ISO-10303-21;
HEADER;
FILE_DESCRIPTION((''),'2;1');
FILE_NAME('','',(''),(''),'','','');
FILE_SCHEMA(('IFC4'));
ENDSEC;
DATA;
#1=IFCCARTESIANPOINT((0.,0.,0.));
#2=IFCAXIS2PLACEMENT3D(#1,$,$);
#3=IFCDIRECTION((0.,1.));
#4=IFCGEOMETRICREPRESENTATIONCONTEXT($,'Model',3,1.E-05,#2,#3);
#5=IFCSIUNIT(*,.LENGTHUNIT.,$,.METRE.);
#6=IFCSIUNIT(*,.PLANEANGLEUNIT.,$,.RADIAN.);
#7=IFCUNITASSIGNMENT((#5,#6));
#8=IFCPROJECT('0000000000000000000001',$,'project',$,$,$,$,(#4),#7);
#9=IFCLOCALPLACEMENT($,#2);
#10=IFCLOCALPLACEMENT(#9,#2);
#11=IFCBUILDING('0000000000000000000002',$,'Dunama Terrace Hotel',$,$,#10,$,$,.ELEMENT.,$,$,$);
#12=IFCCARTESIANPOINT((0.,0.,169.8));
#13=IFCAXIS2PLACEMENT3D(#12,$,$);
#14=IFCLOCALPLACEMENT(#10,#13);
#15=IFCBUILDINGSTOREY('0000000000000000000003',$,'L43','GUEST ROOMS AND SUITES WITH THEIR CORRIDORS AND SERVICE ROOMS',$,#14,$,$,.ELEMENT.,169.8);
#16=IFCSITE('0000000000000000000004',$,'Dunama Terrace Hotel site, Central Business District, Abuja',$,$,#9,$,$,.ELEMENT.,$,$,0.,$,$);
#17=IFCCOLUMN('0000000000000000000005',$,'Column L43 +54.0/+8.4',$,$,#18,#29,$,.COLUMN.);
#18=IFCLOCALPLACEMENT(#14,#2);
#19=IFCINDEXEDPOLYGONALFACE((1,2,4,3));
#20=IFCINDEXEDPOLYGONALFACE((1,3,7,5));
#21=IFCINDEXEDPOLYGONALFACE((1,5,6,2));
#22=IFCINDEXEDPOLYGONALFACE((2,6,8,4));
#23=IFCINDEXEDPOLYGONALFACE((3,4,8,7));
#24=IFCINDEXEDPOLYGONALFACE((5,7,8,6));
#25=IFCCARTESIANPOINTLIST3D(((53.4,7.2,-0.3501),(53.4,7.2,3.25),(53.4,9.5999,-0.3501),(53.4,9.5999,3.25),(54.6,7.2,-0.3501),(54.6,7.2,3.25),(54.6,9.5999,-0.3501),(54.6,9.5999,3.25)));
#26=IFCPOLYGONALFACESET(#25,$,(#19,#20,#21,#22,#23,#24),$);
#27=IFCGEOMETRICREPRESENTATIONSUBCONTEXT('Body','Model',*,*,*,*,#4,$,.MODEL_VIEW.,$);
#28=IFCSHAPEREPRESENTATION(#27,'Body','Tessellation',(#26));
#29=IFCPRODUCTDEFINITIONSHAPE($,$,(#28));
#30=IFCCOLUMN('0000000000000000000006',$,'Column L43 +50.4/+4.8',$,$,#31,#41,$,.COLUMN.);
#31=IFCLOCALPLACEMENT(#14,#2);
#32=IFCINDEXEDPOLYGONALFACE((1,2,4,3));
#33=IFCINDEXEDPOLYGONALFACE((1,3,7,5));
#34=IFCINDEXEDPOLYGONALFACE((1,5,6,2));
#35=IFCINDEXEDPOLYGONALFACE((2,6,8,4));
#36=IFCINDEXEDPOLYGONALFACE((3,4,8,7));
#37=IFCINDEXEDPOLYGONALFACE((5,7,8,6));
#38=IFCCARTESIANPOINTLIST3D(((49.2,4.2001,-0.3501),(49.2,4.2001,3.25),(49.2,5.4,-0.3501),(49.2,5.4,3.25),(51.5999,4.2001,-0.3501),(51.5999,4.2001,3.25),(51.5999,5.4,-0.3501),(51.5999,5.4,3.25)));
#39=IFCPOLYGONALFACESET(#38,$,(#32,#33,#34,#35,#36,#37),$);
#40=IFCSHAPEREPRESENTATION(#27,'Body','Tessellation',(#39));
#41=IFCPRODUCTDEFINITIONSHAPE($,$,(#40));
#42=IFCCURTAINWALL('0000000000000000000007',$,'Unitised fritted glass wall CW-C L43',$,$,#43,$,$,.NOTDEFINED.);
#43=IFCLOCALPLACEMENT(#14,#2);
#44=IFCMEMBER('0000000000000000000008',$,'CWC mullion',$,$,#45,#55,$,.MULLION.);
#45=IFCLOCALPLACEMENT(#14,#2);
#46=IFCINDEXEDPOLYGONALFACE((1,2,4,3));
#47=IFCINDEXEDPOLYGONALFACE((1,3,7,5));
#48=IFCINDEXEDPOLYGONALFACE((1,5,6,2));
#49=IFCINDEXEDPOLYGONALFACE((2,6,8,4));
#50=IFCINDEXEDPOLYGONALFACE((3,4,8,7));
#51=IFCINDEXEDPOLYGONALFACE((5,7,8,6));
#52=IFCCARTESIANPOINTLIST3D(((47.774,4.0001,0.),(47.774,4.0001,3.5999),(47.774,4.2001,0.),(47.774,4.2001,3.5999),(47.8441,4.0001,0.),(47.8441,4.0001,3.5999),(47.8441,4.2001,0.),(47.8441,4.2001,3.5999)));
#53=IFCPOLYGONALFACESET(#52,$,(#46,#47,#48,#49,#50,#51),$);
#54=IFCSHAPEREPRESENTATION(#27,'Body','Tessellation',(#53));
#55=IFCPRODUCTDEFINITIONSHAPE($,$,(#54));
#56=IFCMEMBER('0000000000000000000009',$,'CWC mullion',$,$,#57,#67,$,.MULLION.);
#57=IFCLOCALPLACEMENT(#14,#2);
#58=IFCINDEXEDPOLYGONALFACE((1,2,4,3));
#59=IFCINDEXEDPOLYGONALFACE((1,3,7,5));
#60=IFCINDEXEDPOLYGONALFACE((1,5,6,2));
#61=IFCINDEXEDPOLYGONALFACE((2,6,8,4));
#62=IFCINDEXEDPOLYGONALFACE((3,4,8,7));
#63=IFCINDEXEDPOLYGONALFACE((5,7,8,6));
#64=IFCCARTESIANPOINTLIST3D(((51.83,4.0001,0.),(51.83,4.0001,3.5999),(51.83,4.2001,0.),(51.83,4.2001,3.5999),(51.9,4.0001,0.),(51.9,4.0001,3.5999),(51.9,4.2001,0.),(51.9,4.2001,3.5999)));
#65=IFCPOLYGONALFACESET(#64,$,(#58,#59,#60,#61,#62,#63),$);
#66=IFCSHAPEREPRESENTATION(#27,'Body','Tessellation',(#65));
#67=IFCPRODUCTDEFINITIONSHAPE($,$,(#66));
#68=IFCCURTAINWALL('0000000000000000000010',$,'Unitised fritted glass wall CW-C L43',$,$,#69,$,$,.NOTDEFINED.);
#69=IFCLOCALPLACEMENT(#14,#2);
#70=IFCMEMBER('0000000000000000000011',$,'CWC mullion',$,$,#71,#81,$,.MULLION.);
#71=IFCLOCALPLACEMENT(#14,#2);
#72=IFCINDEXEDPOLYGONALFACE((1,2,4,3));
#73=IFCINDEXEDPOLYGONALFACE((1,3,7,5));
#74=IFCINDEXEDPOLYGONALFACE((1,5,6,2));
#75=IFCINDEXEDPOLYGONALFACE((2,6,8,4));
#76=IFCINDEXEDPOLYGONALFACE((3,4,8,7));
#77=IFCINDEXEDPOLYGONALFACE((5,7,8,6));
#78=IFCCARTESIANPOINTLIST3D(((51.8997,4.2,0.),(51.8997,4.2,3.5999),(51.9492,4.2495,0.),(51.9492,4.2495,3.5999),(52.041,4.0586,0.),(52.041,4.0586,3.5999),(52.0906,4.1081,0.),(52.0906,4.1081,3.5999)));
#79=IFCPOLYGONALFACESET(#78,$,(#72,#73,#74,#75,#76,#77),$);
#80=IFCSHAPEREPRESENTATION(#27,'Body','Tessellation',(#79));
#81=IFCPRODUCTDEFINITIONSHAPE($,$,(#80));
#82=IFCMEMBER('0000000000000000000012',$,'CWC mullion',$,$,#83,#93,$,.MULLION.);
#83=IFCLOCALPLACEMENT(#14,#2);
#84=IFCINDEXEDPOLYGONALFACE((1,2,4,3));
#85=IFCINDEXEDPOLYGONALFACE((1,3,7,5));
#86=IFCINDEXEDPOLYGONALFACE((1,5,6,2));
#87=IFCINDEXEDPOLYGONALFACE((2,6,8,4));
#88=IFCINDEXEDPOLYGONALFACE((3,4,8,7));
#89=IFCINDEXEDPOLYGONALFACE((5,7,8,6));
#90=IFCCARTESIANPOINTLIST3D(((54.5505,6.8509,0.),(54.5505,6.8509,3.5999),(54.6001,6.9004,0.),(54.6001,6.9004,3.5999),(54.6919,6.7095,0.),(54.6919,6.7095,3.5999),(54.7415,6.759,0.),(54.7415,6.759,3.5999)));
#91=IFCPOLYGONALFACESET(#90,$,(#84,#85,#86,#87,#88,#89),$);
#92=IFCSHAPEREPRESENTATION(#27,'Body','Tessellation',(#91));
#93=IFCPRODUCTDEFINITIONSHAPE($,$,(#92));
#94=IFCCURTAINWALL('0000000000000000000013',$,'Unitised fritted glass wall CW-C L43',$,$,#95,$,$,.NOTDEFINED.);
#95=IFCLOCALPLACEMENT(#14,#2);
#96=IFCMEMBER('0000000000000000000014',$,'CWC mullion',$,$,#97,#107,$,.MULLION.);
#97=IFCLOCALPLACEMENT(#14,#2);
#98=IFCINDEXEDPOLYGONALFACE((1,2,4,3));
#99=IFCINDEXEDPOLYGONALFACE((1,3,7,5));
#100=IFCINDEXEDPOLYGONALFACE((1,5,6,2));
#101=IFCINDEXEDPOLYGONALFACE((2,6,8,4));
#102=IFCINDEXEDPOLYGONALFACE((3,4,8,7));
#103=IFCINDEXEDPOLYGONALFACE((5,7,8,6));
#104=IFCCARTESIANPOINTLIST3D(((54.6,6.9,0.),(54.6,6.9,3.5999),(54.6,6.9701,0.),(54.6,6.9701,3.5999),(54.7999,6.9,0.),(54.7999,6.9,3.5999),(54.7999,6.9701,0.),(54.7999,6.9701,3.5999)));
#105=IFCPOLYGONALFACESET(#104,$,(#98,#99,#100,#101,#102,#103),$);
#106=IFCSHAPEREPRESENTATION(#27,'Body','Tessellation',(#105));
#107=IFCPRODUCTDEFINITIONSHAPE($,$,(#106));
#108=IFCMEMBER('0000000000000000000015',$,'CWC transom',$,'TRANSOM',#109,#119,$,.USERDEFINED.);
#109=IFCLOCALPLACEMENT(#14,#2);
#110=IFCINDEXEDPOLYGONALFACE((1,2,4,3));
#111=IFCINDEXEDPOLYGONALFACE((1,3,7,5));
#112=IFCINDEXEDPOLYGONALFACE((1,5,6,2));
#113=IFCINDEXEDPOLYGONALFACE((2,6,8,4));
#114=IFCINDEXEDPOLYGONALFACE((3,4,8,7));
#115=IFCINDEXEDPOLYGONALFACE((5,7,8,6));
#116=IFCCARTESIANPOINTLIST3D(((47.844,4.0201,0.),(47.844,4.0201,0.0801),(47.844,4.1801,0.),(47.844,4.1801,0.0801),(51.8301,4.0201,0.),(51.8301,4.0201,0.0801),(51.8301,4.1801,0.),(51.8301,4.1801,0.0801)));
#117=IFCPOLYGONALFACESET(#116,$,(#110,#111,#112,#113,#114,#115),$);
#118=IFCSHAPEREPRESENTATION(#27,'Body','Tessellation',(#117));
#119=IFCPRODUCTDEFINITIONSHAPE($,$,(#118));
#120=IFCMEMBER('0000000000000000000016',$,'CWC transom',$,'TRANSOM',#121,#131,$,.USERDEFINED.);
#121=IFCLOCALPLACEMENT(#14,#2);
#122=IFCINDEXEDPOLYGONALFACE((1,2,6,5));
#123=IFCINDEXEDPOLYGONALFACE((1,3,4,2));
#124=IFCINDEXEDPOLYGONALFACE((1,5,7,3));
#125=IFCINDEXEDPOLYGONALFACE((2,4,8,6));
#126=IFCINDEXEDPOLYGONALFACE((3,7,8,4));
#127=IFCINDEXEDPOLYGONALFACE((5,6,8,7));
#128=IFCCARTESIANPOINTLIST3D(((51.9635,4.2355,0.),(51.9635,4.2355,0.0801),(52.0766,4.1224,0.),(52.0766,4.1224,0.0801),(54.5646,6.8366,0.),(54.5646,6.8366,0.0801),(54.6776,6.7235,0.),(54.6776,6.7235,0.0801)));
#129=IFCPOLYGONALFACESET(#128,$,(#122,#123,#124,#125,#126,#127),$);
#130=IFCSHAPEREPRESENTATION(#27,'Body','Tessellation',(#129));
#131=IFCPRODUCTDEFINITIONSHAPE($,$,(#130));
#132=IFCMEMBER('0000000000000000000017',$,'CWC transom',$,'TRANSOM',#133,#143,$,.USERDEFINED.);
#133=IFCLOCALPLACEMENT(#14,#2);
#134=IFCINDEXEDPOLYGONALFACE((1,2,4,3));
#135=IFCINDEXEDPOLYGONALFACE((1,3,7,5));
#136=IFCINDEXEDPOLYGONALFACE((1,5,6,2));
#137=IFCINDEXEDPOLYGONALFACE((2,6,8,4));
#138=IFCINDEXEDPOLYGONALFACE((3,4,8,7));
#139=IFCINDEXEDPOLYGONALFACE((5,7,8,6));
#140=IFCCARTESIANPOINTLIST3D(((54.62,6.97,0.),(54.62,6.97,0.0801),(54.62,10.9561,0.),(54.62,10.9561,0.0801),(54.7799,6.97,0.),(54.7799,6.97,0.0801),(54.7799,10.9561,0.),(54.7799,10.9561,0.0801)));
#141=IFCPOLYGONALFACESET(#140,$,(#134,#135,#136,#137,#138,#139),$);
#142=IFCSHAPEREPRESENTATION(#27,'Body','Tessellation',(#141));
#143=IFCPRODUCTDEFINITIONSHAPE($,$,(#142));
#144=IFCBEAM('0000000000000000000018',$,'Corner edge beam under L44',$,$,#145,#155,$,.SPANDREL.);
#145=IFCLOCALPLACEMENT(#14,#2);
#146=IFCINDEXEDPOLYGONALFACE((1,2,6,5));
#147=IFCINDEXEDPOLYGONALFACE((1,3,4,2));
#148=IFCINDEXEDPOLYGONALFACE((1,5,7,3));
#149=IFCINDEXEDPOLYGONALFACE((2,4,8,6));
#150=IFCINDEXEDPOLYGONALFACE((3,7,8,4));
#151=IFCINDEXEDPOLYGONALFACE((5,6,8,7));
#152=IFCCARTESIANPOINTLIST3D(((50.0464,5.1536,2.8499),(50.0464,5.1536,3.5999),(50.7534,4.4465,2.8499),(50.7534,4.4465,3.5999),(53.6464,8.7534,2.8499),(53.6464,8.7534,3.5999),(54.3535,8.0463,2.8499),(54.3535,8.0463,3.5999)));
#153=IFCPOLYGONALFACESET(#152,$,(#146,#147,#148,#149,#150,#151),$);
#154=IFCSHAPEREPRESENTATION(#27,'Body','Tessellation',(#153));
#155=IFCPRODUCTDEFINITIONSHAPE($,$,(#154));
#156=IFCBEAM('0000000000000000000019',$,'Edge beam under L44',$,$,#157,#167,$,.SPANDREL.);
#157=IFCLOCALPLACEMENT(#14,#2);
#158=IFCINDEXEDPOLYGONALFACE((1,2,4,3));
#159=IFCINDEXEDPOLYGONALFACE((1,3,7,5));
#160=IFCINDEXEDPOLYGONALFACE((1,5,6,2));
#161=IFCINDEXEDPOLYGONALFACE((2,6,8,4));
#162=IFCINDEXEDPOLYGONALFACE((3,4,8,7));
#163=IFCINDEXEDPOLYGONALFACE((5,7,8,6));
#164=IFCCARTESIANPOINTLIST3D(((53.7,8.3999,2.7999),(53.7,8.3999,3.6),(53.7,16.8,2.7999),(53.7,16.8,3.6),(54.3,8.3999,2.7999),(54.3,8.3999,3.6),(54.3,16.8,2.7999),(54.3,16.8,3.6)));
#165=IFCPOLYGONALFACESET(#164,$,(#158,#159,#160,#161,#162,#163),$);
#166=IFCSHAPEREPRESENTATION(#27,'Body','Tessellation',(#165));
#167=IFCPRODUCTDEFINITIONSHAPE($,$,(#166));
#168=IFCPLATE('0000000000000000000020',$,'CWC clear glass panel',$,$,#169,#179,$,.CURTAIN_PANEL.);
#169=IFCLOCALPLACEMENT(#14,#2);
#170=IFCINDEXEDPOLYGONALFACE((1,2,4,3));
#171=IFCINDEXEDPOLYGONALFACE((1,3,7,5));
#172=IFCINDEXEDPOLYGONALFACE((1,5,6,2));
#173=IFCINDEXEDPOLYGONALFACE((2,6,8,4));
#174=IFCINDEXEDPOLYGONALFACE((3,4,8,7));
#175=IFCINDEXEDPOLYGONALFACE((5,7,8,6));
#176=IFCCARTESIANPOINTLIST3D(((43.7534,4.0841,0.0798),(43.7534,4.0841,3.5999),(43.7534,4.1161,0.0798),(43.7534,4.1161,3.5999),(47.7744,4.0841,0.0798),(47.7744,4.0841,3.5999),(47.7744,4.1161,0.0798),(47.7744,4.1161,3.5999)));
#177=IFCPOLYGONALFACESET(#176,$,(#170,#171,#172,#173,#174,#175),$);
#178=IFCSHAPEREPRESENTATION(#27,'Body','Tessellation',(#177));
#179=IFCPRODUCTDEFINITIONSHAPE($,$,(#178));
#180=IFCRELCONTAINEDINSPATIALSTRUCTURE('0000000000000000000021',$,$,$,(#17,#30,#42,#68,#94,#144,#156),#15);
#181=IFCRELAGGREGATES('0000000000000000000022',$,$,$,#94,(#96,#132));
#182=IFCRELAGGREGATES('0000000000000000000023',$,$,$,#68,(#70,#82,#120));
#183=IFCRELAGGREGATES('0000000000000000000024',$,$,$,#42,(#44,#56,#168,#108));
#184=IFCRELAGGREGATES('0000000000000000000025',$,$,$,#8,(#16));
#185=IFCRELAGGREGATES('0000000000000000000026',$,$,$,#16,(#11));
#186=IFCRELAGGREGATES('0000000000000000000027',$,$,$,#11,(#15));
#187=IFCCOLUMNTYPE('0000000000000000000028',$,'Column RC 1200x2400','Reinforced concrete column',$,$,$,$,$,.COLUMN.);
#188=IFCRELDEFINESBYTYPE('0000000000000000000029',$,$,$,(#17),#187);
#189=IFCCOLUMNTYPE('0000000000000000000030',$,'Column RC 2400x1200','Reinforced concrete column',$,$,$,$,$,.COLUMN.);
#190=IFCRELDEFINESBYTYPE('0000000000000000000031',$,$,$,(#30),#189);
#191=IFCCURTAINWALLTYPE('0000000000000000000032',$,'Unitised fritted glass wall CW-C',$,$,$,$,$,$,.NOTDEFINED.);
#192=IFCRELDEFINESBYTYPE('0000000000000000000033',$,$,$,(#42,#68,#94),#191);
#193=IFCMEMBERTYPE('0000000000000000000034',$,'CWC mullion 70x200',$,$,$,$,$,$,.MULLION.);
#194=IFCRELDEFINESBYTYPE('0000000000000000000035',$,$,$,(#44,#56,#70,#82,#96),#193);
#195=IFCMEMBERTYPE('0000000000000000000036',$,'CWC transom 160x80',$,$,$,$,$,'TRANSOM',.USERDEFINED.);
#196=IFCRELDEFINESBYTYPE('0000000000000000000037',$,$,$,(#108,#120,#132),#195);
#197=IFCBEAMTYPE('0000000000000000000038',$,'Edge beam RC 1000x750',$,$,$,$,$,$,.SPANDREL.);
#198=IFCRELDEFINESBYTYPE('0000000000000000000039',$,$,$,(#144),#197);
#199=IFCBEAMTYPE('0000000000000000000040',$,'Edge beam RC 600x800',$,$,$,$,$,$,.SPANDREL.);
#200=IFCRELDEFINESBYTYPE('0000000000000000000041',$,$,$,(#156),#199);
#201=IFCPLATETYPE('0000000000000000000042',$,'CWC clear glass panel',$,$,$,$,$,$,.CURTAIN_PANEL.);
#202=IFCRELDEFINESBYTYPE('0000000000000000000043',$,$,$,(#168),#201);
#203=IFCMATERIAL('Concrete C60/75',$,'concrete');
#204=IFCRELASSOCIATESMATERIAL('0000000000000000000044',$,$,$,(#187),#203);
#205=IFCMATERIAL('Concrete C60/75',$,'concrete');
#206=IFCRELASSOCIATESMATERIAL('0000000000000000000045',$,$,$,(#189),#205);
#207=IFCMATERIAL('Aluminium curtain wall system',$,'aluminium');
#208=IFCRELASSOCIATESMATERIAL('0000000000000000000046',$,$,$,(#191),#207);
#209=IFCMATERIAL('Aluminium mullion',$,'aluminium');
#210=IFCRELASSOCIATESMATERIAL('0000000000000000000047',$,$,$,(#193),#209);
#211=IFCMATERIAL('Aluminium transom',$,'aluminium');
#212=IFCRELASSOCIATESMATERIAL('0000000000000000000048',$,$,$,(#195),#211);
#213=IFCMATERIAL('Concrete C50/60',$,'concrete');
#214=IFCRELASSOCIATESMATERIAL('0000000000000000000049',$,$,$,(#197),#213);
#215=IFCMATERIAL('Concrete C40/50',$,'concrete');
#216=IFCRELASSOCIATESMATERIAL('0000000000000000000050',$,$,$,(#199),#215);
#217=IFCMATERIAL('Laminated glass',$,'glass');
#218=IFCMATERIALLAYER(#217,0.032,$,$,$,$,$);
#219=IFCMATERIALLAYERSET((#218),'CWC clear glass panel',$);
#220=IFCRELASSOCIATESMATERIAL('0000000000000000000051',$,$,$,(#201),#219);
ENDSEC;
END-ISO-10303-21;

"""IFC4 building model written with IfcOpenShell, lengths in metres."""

from ifc_helpers import new_model, si_unit, direction, frame, origin, origin_2d, place, context, subcontext, project, spatial, rectangle, extrude, material, layer, layer_set, material_profile, profile_set, type_object, element, aggregate, save


model = new_model("IFC4")

# Units and contexts
model_context = context("Model", 3, precision=1e-05, world=origin(), true_north=direction((0.0, 1.0)))
body_context = subcontext(model_context, "Body", "Model", "MODEL_VIEW")
ifc_project = project(units=[si_unit("LENGTHUNIT", "METRE"), si_unit("PLANEANGLEUNIT", "RADIAN")], contexts=[model_context])

# Site, building, storey
site_placement = place(None, origin())
site = spatial("IfcSite", under=ifc_project, at=site_placement, Name="Dunama Terrace Hotel site, Central Business District, Abuja", CompositionType="ELEMENT", RefElevation=0.0)
building_placement = place(site_placement, origin())
building = spatial("IfcBuilding", under=site, at=building_placement, Name="Dunama Terrace Hotel", CompositionType="ELEMENT")
storey_placement = place(building_placement, frame((0.0, 0.0, 169.8)))
storey = spatial("IfcBuildingStorey", under=building, at=storey_placement, Name="L43", Description="GUEST ROOMS AND SUITES WITH THEIR CORRIDORS AND SERVICE ROOMS", CompositionType="ELEMENT", Elevation=169.8)

# Columns
ifc_material_1 = material(Name="Concrete C60/75", Category="concrete")
ifc_material_profile_1 = material_profile(ifc_material_1, rectangle(XDim=1.2, YDim=2.3999, at=origin_2d()), Name="RC 1200x2400")
ifc_profile_set_1 = profile_set([ifc_material_profile_1], Name="Concrete C60/75")
column_type_1 = type_object("IfcColumnType", Name="Column RC 1200x2400", Description="Reinforced concrete column", PredefinedType="COLUMN", material=ifc_profile_set_1)
column_1_placement = place(storey_placement, frame((54.0, 8.3999, -0.3501), z_axis=(0.0, 0.0, 1.0), x_axis=(1.0, 0.0, 0.0)))
element("IfcColumn", 1, at=column_1_placement, inside=storey, type_object=column_type_1, Name="Column L43 +54.0/+8.4", PredefinedType="COLUMN", context=body_context, shape_type="SweptSolid", body=[
    extrude(rectangle(XDim=1.2, YDim=2.3999, at=origin_2d()), origin(), (0.0, 0.0, 1.0), 3.6001),
])
ifc_material_2 = material(Name="Concrete C60/75", Category="concrete")
ifc_material_profile_2 = material_profile(ifc_material_2, rectangle(XDim=2.3999, YDim=1.2, at=origin_2d()), Name="RC 2400x1200")
ifc_profile_set_2 = profile_set([ifc_material_profile_2], Name="Concrete C60/75")
column_type_2 = type_object("IfcColumnType", Name="Column RC 2400x1200", Description="Reinforced concrete column", PredefinedType="COLUMN", material=ifc_profile_set_2)
column_2_placement = place(storey_placement, frame((50.3999, 4.8, -0.3501), z_axis=(0.0, 0.0, 1.0), x_axis=(1.0, 0.0, 0.0)))
element("IfcColumn", 2, at=column_2_placement, inside=storey, type_object=column_type_2, Name="Column L43 +50.4/+4.8", PredefinedType="COLUMN", context=body_context, shape_type="SweptSolid", body=[
    extrude(rectangle(XDim=2.3999, YDim=1.2, at=origin_2d()), origin(), (0.0, 0.0, 1.0), 3.6001),
])

# Curtain walls, members
ifc_material_3 = material(Name="Aluminium curtain wall system", Category="aluminium")
curtain_wall_type = type_object("IfcCurtainWallType", Name="Unitised fritted glass wall CW-C", PredefinedType="NOTDEFINED", material=ifc_material_3)
curtain_wall_1_placement = place(storey_placement, origin())
curtain_wall_1 = element("IfcCurtainWall", 3, at=curtain_wall_1_placement, inside=storey, type_object=curtain_wall_type, Name="Unitised fritted glass wall CW-C L43", PredefinedType="NOTDEFINED")
ifc_material_4 = material(Name="Aluminium mullion", Category="aluminium")
ifc_material_profile_3 = material_profile(ifc_material_4, rectangle(XDim=0.0701, YDim=0.2, at=origin_2d()), Name="CWC MULLION 70X200")
ifc_profile_set_3 = profile_set([ifc_material_profile_3], Name="Aluminium mullion")
member_type_1 = type_object("IfcMemberType", Name="CWC mullion 70x200", PredefinedType="MULLION", material=ifc_profile_set_3)
member_1_placement = place(storey_placement, frame((47.8091, 4.1001, 0.0), z_axis=(0.0, 0.0, 1.0), x_axis=(1.0, 0.0, 0.0)))
member_1 = element("IfcMember", 4, at=member_1_placement, type_object=member_type_1, Name="CWC mullion", PredefinedType="MULLION", context=body_context, shape_type="SweptSolid", body=[
    extrude(rectangle(XDim=0.0701, YDim=0.2, at=origin_2d()), origin(), (0.0, 0.0, 1.0), 3.5999),
])
member_2_placement = place(storey_placement, frame((51.865, 4.1001, 0.0), z_axis=(0.0, 0.0, 1.0), x_axis=(1.0, 0.0, 0.0)))
member_2 = element("IfcMember", 5, at=member_2_placement, type_object=member_type_1, Name="CWC mullion", PredefinedType="MULLION", context=body_context, shape_type="SweptSolid", body=[
    extrude(rectangle(XDim=0.0701, YDim=0.2, at=origin_2d()), origin(), (0.0, 0.0, 1.0), 3.5999),
])
curtain_wall_2_placement = place(storey_placement, origin())
curtain_wall_2 = element("IfcCurtainWall", 6, at=curtain_wall_2_placement, inside=storey, type_object=curtain_wall_type, Name="Unitised fritted glass wall CW-C L43", PredefinedType="NOTDEFINED")
member_3_placement = place(storey_placement, frame((51.9951, 4.1541, 0.0), z_axis=(0.0, 0.0, 1.0), x_axis=(0.707107, 0.707107, 0.0)))
member_3 = element("IfcMember", 7, at=member_3_placement, type_object=member_type_1, Name="CWC mullion", PredefinedType="MULLION", context=body_context, shape_type="SweptSolid", body=[
    extrude(rectangle(XDim=0.0701, YDim=0.2, at=origin_2d()), origin(), (0.0, 0.0, 1.0), 3.5999),
])
member_4_placement = place(storey_placement, frame((54.646, 6.8049, 0.0), z_axis=(0.0, 0.0, 1.0), x_axis=(0.707107, 0.707107, 0.0)))
member_4 = element("IfcMember", 8, at=member_4_placement, type_object=member_type_1, Name="CWC mullion", PredefinedType="MULLION", context=body_context, shape_type="SweptSolid", body=[
    extrude(rectangle(XDim=0.0701, YDim=0.2, at=origin_2d()), origin(), (0.0, 0.0, 1.0), 3.5999),
])

# Curtain wall, member
curtain_wall_3_placement = place(storey_placement, origin())
curtain_wall_3 = element("IfcCurtainWall", 9, at=curtain_wall_3_placement, inside=storey, type_object=curtain_wall_type, Name="Unitised fritted glass wall CW-C L43", PredefinedType="NOTDEFINED")
member_5_placement = place(storey_placement, frame((54.7, 6.9351, 0.0), z_axis=(0.0, 0.0, 1.0), x_axis=(0.0, 1.0, 0.0)))
member_5 = element("IfcMember", 10, at=member_5_placement, type_object=member_type_1, Name="CWC mullion", PredefinedType="MULLION", context=body_context, shape_type="SweptSolid", body=[
    extrude(rectangle(XDim=0.0701, YDim=0.2, at=origin_2d()), origin(), (0.0, 0.0, 1.0), 3.5999),
])

# Members
ifc_material_5 = material(Name="Aluminium transom", Category="aluminium")
ifc_material_profile_4 = material_profile(ifc_material_5, rectangle(XDim=0.1599, YDim=0.0801, at=origin_2d()), Name="CWC TRANSOM 160X80")
ifc_profile_set_4 = profile_set([ifc_material_profile_4], Name="Aluminium transom")
member_type_2 = type_object("IfcMemberType", Name="CWC transom 160x80", ElementType="TRANSOM", PredefinedType="USERDEFINED", material=ifc_profile_set_4)
member_6_placement = place(storey_placement, frame((47.844, 4.1001, 0.04), z_axis=(1.0, 0.0, 0.0), x_axis=(0.0, 1.0, 0.0)))
member_6 = element("IfcMember", 11, at=member_6_placement, type_object=member_type_2, Name="CWC transom", ObjectType="TRANSOM", PredefinedType="USERDEFINED", context=body_context, shape_type="SweptSolid", body=[
    extrude(rectangle(XDim=0.1599, YDim=0.0801, at=origin_2d()), origin(), (0.0, 0.0, 1.0), 3.9861),
])
member_7_placement = place(storey_placement, frame((52.02, 4.179, 0.04), z_axis=(0.707107, 0.707107, 0.0), x_axis=(-0.707107, 0.707107, 0.0)))
member_7 = element("IfcMember", 12, at=member_7_placement, type_object=member_type_2, Name="CWC transom", ObjectType="TRANSOM", PredefinedType="USERDEFINED", context=body_context, shape_type="SweptSolid", body=[
    extrude(rectangle(XDim=0.1599, YDim=0.0801, at=origin_2d()), origin(), (0.0, 0.0, 1.0), 3.6785),
])
member_8_placement = place(storey_placement, frame((54.7, 6.97, 0.04), z_axis=(0.0, 1.0, 0.0), x_axis=(-1.0, 0.0, 0.0)))
member_8 = element("IfcMember", 13, at=member_8_placement, type_object=member_type_2, Name="CWC transom", ObjectType="TRANSOM", PredefinedType="USERDEFINED", context=body_context, shape_type="SweptSolid", body=[
    extrude(rectangle(XDim=0.1599, YDim=0.0801, at=origin_2d()), origin(), (0.0, 0.0, 1.0), 3.9861),
])

# Beams
ifc_material_6 = material(Name="Concrete C50/60", Category="concrete")
ifc_material_profile_5 = material_profile(ifc_material_6, rectangle(XDim=1.0, YDim=0.75, at=origin_2d()), Name="RC 1000x750")
ifc_profile_set_5 = profile_set([ifc_material_profile_5], Name="Concrete C50/60")
beam_type_1 = type_object("IfcBeamType", Name="Edge beam RC 1000x750", PredefinedType="SPANDREL", material=ifc_profile_set_5)
beam_1_placement = place(storey_placement, frame((50.3999, 4.8, 3.2249), z_axis=(0.707131, 0.707083, 0.0), x_axis=(-0.707083, 0.707131, 0.0)))
element("IfcBeam", 14, at=beam_1_placement, inside=storey, type_object=beam_type_1, Name="Corner edge beam under L44", PredefinedType="SPANDREL", context=body_context, shape_type="SweptSolid", body=[
    extrude(rectangle(XDim=1.0, YDim=0.75, at=origin_2d()), origin(), (0.0, 0.0, 1.0), 5.0911),
])
ifc_material_7 = material(Name="Concrete C40/50", Category="concrete")
ifc_material_profile_6 = material_profile(ifc_material_7, rectangle(XDim=0.6001, YDim=0.8, at=origin_2d()), Name="RC 600x800")
ifc_profile_set_6 = profile_set([ifc_material_profile_6], Name="Concrete C40/50")
beam_type_2 = type_object("IfcBeamType", Name="Edge beam RC 600x800", PredefinedType="SPANDREL", material=ifc_profile_set_6)
beam_2_placement = place(storey_placement, frame((54.0, 8.3999, 3.2), z_axis=(0.0, 1.0, 0.0), x_axis=(-1.0, 0.0, 0.0)))
element("IfcBeam", 15, at=beam_2_placement, inside=storey, type_object=beam_type_2, Name="Edge beam under L44", PredefinedType="SPANDREL", context=body_context, shape_type="SweptSolid", body=[
    extrude(rectangle(XDim=0.6001, YDim=0.8, at=origin_2d()), origin(), (0.0, 0.0, 1.0), 8.4001),
])

# Plate
ifc_material_8 = material(Name="Laminated glass", Category="glass")
ifc_layer_1 = layer(ifc_material_8, 0.032)
ifc_layer_set_1 = layer_set([ifc_layer_1], Name="CWC clear glass panel")
plate_type_1 = type_object("IfcPlateType", Name="CWC clear glass panel", PredefinedType="CURTAIN_PANEL", material=ifc_layer_set_1)
plate_1_placement = place(storey_placement, frame((45.7639, 4.1001, 0.0798), z_axis=(0.0, 0.0, 1.0), x_axis=(1.0, 0.0, 0.0)))
plate_1 = element("IfcPlate", 16, at=plate_1_placement, type_object=plate_type_1, Name="CWC clear glass panel", PredefinedType="CURTAIN_PANEL", context=body_context, shape_type="SweptSolid", body=[
    extrude(rectangle(XDim=4.021, YDim=0.032, at=origin_2d()), origin(), (0.0, 0.0, 1.0), 3.52),
])
aggregate(curtain_wall_3, [member_5, member_8])
aggregate(curtain_wall_2, [member_3, member_4, member_7])
aggregate(curtain_wall_1, [member_1, member_2, plate_1, member_6])

save(model, "model.ifc")
